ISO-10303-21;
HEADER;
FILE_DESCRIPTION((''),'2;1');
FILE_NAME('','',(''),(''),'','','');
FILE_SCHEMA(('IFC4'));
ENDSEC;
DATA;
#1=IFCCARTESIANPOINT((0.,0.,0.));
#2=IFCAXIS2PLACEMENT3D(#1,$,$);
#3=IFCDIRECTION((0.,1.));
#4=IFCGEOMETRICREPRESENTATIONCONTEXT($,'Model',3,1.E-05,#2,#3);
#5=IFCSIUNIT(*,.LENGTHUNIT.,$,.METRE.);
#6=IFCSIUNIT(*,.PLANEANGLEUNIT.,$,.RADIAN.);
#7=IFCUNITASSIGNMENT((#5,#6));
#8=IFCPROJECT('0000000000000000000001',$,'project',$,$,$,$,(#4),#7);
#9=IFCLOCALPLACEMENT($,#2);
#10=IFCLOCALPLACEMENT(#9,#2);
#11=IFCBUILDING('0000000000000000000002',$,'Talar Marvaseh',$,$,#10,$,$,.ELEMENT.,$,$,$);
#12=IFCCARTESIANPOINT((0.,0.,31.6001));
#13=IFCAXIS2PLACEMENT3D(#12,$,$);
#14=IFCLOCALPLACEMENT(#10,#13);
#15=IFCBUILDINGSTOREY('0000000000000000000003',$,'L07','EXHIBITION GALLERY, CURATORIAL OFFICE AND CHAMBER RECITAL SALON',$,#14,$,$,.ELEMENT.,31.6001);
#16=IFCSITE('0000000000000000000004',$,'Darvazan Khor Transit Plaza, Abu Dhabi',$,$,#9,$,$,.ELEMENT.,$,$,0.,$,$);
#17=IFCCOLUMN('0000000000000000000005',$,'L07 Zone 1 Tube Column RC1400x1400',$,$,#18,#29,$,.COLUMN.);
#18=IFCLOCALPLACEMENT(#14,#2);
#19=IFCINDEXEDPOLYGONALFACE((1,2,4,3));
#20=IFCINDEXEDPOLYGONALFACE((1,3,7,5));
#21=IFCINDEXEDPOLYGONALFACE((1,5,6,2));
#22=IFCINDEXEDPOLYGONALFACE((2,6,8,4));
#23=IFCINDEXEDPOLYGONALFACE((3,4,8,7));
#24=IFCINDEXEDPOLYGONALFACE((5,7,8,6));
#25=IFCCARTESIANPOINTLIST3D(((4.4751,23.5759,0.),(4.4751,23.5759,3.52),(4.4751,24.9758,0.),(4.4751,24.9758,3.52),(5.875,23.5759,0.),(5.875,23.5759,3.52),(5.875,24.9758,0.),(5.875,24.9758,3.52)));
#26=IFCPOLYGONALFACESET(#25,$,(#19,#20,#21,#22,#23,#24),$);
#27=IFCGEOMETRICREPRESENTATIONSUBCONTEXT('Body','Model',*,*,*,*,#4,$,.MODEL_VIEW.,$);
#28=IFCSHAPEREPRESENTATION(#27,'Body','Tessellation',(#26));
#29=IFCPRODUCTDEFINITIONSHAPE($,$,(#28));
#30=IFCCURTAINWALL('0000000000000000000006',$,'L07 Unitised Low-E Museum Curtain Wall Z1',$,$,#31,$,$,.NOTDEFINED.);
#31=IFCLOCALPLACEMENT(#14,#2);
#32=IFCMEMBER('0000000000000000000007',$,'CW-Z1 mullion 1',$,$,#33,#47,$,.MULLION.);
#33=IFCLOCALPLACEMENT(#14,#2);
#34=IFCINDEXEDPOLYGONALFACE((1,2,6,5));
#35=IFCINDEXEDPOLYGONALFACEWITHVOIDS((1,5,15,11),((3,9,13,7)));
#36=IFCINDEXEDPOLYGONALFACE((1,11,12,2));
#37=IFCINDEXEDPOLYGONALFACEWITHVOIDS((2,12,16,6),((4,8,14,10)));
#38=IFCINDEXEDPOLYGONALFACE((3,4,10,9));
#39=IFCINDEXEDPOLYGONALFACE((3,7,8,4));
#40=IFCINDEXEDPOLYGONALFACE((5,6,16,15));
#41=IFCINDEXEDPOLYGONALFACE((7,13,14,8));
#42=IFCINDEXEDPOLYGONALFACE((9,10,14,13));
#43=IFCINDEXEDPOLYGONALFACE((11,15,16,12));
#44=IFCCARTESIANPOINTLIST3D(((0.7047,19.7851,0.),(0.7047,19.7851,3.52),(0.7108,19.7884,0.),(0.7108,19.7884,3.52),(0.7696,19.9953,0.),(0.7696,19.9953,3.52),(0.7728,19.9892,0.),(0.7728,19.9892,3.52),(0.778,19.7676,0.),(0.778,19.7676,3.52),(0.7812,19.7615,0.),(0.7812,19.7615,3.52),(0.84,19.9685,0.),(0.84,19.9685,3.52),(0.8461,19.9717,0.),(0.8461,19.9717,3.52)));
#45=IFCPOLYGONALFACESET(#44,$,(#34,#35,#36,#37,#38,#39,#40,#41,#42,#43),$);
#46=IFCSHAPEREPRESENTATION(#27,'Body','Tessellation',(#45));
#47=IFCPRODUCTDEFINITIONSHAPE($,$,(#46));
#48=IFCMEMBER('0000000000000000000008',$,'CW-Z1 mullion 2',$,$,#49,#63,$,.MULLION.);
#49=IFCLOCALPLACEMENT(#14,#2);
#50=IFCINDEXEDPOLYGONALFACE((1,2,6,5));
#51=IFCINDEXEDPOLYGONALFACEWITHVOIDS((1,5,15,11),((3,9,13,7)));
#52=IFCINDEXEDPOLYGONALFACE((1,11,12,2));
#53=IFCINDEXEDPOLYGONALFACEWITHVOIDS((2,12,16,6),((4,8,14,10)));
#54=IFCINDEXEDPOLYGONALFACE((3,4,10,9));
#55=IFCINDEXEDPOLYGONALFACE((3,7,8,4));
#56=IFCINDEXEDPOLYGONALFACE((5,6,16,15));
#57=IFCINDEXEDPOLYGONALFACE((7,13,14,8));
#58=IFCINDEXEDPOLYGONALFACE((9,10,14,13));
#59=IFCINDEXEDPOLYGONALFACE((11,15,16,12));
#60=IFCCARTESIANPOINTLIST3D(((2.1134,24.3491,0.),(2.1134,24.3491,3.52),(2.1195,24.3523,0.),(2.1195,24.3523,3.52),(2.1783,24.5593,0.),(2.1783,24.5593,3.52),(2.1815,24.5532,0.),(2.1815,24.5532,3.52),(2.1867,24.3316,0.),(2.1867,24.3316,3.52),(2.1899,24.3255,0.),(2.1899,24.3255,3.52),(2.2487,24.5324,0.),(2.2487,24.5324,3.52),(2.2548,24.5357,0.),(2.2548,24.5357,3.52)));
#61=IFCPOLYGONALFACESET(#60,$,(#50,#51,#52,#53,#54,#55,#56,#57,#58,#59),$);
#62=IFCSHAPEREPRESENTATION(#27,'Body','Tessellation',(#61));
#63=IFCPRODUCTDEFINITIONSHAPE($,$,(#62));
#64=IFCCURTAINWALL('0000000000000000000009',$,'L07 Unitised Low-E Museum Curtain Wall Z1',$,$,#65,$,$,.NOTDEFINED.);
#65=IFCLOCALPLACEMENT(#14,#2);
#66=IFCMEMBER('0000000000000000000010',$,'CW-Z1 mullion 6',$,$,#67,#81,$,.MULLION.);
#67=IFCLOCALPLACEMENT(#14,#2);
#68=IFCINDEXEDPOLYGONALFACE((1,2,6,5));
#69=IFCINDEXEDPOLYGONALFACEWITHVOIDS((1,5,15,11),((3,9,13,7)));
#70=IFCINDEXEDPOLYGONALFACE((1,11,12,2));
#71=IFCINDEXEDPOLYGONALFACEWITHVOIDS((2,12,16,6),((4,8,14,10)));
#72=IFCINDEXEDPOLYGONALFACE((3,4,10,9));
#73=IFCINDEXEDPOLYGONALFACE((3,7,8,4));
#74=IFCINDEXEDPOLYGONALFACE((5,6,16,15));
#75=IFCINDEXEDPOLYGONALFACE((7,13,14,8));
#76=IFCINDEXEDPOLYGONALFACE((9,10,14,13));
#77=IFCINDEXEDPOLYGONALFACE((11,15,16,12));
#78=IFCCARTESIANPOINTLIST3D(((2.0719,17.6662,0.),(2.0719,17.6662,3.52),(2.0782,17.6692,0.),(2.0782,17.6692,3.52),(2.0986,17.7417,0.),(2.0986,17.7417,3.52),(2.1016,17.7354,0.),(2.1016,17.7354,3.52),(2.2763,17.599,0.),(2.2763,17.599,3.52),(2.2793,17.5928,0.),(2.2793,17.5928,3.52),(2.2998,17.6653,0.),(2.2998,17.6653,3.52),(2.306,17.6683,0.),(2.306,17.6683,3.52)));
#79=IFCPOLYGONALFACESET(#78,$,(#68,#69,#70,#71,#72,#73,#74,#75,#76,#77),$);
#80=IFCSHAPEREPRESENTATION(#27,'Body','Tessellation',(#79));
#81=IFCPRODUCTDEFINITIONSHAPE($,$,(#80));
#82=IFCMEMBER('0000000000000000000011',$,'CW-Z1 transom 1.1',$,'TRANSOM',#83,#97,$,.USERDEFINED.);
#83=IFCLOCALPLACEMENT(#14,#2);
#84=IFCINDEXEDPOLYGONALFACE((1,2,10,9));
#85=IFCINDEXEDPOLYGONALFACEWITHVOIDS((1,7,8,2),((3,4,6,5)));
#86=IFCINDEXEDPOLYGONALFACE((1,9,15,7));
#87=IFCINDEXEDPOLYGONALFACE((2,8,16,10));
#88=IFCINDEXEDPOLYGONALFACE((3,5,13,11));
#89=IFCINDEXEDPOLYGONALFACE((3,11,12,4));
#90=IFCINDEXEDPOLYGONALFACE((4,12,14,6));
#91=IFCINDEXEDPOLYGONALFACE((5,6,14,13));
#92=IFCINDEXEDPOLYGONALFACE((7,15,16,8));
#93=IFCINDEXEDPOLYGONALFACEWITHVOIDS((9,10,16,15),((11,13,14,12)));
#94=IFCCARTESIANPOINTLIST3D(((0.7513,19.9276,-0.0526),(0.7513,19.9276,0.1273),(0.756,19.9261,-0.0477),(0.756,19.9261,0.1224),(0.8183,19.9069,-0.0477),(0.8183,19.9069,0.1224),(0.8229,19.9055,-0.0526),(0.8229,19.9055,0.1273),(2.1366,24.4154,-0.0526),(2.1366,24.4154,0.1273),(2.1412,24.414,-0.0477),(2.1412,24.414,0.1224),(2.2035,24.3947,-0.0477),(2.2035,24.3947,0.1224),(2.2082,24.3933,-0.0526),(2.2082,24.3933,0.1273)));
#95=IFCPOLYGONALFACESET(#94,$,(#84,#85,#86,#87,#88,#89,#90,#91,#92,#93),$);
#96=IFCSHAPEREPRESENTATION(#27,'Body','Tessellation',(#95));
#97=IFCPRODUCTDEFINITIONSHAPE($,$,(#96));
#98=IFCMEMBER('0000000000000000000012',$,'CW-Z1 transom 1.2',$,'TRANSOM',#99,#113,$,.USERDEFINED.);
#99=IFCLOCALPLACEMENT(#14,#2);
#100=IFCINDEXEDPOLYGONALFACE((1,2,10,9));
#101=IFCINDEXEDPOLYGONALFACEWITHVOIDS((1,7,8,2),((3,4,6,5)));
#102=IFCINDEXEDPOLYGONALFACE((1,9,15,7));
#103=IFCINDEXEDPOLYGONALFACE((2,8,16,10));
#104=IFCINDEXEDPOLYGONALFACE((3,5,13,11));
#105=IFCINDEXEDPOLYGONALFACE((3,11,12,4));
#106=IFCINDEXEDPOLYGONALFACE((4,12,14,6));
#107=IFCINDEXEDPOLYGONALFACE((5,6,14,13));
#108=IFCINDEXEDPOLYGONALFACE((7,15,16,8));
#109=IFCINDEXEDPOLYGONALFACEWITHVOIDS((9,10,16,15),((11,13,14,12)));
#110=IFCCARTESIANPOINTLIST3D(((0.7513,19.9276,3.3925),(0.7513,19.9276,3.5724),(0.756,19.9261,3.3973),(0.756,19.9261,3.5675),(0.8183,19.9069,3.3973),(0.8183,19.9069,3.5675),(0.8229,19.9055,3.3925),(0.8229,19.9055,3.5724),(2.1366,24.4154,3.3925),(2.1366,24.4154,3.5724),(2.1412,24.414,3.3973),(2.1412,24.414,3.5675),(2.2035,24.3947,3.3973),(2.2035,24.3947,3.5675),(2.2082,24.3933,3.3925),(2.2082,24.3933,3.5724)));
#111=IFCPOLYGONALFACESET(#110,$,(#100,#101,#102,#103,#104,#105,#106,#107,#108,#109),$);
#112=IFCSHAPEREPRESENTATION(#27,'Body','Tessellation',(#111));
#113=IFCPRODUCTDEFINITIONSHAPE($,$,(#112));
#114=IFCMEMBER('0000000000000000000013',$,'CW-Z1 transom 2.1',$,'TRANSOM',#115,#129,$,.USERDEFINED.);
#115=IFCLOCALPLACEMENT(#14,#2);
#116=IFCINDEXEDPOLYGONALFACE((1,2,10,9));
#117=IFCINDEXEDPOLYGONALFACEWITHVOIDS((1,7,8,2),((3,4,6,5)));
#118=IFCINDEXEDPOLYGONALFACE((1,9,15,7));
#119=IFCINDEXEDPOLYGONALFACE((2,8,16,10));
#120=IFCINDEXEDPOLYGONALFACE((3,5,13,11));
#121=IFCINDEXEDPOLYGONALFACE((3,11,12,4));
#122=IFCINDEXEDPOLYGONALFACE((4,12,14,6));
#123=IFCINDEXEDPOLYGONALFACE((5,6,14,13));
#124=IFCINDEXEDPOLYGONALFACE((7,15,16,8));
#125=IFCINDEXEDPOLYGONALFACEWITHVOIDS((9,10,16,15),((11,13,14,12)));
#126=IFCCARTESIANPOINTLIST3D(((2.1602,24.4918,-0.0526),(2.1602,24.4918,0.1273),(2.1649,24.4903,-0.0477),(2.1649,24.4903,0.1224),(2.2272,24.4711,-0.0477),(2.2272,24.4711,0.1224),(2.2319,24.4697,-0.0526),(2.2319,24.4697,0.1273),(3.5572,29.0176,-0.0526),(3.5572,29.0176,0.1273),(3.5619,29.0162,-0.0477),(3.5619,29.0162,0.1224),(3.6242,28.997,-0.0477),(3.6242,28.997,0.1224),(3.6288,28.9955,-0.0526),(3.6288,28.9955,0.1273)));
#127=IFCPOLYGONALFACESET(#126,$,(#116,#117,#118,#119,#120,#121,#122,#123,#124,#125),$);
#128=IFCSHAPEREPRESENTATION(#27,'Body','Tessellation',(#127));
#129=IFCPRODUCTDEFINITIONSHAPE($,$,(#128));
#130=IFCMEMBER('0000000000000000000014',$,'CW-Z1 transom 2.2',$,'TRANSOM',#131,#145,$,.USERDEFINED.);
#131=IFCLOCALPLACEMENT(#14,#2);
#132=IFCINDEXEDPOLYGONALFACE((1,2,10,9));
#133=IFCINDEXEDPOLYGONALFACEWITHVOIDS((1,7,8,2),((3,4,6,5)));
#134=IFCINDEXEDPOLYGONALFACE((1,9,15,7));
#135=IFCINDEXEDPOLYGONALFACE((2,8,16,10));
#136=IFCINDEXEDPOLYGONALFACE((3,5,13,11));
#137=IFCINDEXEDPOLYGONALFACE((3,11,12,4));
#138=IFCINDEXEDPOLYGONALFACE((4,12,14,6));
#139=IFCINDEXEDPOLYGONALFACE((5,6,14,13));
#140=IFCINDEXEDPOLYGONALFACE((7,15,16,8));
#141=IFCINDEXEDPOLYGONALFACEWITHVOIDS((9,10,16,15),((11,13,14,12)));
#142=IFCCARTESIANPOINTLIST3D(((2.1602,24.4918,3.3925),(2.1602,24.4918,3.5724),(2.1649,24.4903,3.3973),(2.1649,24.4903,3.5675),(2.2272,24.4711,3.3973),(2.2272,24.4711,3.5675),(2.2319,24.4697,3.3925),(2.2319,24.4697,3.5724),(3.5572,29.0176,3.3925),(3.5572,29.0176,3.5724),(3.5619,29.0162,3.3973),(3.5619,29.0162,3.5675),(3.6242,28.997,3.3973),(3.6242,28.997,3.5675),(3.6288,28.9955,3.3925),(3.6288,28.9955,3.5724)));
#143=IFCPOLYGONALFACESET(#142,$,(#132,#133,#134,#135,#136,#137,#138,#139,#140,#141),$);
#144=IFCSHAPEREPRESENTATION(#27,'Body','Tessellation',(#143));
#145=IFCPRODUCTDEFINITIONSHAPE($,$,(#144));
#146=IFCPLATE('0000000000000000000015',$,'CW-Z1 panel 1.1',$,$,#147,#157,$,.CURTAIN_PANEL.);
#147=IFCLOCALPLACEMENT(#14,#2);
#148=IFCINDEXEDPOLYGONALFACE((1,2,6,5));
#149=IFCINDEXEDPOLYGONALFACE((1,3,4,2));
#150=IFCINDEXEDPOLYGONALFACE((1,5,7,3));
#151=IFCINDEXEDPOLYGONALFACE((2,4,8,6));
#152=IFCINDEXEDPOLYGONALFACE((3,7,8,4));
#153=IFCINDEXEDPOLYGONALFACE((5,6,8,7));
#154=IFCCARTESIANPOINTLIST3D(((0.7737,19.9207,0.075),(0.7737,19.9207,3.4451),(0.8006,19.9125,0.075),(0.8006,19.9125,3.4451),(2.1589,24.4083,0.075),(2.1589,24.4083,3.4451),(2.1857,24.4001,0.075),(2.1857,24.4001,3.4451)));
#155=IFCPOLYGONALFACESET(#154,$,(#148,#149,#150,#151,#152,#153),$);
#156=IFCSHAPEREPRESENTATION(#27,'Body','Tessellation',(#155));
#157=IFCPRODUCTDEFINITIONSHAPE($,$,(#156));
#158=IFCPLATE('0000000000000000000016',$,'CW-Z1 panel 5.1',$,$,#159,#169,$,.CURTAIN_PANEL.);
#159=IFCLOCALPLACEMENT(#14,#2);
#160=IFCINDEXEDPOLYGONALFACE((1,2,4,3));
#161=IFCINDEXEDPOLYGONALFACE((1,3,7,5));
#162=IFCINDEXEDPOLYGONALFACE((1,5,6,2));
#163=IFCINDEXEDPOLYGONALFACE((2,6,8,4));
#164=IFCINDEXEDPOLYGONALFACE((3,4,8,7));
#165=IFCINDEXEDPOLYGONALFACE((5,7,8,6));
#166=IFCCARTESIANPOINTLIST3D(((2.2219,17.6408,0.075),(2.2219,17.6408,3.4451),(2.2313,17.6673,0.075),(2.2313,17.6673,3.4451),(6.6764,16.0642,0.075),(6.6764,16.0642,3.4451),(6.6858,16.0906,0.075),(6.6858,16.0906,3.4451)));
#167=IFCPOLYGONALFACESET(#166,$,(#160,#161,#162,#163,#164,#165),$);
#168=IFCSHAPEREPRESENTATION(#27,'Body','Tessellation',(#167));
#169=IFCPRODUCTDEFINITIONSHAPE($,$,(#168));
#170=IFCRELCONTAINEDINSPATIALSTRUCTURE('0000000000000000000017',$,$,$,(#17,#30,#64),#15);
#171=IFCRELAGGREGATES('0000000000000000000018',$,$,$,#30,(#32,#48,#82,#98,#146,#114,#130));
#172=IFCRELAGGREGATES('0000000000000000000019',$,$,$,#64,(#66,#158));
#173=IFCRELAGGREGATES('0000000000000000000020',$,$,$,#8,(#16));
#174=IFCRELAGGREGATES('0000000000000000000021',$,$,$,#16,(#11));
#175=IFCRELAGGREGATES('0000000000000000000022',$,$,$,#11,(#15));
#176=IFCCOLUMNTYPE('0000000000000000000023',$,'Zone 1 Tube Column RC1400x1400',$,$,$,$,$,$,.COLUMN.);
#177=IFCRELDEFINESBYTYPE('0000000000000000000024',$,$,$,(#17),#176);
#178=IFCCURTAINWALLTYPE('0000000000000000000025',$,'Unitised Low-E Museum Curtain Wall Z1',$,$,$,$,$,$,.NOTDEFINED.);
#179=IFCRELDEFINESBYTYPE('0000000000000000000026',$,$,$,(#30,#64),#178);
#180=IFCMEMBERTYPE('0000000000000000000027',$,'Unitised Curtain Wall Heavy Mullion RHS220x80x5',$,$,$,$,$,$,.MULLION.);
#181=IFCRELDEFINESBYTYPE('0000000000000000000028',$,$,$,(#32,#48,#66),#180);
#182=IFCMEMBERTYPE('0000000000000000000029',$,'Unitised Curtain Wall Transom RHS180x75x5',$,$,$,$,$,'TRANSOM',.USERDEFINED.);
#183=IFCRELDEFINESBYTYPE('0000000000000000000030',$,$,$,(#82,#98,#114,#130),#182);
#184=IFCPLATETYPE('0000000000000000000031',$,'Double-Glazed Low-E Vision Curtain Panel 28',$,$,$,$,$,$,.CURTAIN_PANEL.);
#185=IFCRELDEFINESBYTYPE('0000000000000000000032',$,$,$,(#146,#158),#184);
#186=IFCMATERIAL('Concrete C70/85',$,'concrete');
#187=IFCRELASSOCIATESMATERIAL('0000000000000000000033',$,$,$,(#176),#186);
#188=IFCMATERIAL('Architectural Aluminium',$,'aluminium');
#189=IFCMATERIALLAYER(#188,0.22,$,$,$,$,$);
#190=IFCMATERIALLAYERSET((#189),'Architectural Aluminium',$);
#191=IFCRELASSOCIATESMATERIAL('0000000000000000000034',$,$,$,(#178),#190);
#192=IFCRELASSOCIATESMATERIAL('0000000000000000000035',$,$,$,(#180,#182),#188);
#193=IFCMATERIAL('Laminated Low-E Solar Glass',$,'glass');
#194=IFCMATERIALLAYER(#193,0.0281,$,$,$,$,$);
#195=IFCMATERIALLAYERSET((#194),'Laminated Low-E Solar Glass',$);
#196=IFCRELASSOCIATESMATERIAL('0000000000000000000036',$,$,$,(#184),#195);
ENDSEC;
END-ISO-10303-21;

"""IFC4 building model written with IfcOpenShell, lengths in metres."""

from ifc_helpers import new_model, si_unit, direction, frame, origin, origin_2d, place, context, subcontext, project, spatial, rectangle, hollow_rectangle, extrude, source, transform, mapped, material, layer, layer_set, material_profile, profile_set, type_object, type_shapes, element, aggregate, save


model = new_model("IFC4")

# Units and contexts
model_context = context("Model", 3, precision=1e-05, world=origin(), true_north=direction((0.0, 1.0)))
body_context = subcontext(model_context, "Body", "Model", "MODEL_VIEW")
ifc_project = project(units=[si_unit("LENGTHUNIT", "METRE"), si_unit("PLANEANGLEUNIT", "RADIAN")], contexts=[model_context])

# Site, building, storey
site_placement = place(None, origin())
site = spatial("IfcSite", under=ifc_project, at=site_placement, Name="Darvazan Khor Transit Plaza, Abu Dhabi", CompositionType="ELEMENT", RefElevation=0.0)
building_placement = place(site_placement, origin())
building = spatial("IfcBuilding", under=site, at=building_placement, Name="Talar Marvaseh", CompositionType="ELEMENT")
storey_placement = place(building_placement, frame((0.0, 0.0, 31.6001)))
storey = spatial("IfcBuildingStorey", under=building, at=storey_placement, Name="L07", Description="EXHIBITION GALLERY, CURATORIAL OFFICE AND CHAMBER RECITAL SALON", CompositionType="ELEMENT", Elevation=31.6001)

# Column
ifc_material_1 = material(Name="Concrete C70/85", Category="concrete")
ifc_material_profile_1 = material_profile(ifc_material_1, rectangle(XDim=1.3999, YDim=1.3999, at=origin_2d()), Name="RC1400x1400")
ifc_profile_set_1 = profile_set([ifc_material_profile_1], Name="Concrete C70/85")
column_type = type_object("IfcColumnType", Name="Zone 1 Tube Column RC1400x1400", PredefinedType="COLUMN", material=ifc_profile_set_1)
column_placement = place(storey_placement, frame((5.175, 24.2759, 0.0), z_axis=(0.0, 0.0, 1.0), x_axis=(1.0, 0.0, 0.0)))
element("IfcColumn", 1, at=column_placement, inside=storey, type_object=column_type, Name="L07 Zone 1 Tube Column RC1400x1400", PredefinedType="COLUMN", context=body_context, shape_type="SweptSolid", body=[
    extrude(rectangle(XDim=1.3999, YDim=1.3999, at=origin_2d()), origin(), (0.0, 0.0, 1.0), 3.52),
])

# Curtain wall, members
ifc_material_2 = material(Name="Architectural Aluminium", Category="aluminium")
ifc_layer_1 = layer(ifc_material_2, 0.22)
ifc_layer_set_1 = layer_set([ifc_layer_1], Name="Architectural Aluminium")
curtain_wall_type = type_object("IfcCurtainWallType", Name="Unitised Low-E Museum Curtain Wall Z1", PredefinedType="NOTDEFINED", material=ifc_layer_set_1)
curtain_wall_1_placement = place(storey_placement, origin())
curtain_wall_1 = element("IfcCurtainWall", 2, at=curtain_wall_1_placement, inside=storey, type_object=curtain_wall_type, Name="L07 Unitised Low-E Museum Curtain Wall Z1", PredefinedType="NOTDEFINED")
ifc_material_profile_2 = material_profile(ifc_material_2, hollow_rectangle(XDim=0.0801, YDim=0.22, WallThickness=0.0049, at=origin_2d()), Name="RHS220x80x5")
ifc_profile_set_2 = profile_set([ifc_material_profile_2], Name="Architectural Aluminium")
member_type_1 = type_object("IfcMemberType", Name="Unitised Curtain Wall Heavy Mullion RHS220x80x5", PredefinedType="MULLION", material=ifc_profile_set_2)
shared_shape_1 = source(origin(), body_context, "Body", "SweptSolid", [
    extrude(hollow_rectangle(XDim=0.0801, YDim=0.22, WallThickness=0.0049, at=origin_2d()), origin(), (0.0, 0.0, 1.0), 3.52),
])
type_shapes(member_type_1, [shared_shape_1])
member_1_placement = place(storey_placement, frame((0.7754, 19.8784, 0.0), z_axis=(0.0, 0.0, 1.0), x_axis=(-0.955516, 0.294938, 0.0)))
member_1 = element("IfcMember", 3, at=member_1_placement, type_object=member_type_1, Name="CW-Z1 mullion 1", PredefinedType="MULLION", context=body_context, shape_type="MappedRepresentation", body=[
    mapped(shared_shape_1, transform((0.0, 0.0, 0.0), x_axis=(1.0, 0.0, 0.0), y_axis=(0.0, 1.0, 0.0), z_axis=(0.0, 0.0, 1.0), scale=1.0)),
])
member_2_placement = place(storey_placement, frame((2.1841, 24.4424, 0.0), z_axis=(0.0, 0.0, 1.0), x_axis=(-0.955516, 0.294938, 0.0)))
member_2 = element("IfcMember", 4, at=member_2_placement, type_object=member_type_1, Name="CW-Z1 mullion 2", PredefinedType="MULLION", context=body_context, shape_type="MappedRepresentation", body=[
    mapped(shared_shape_1, transform((0.0, 0.0, 0.0), x_axis=(1.0, 0.0, 0.0), y_axis=(0.0, 1.0, 0.0), z_axis=(0.0, 0.0, 1.0), scale=1.0)),
])

# Curtain wall, member
curtain_wall_2_placement = place(storey_placement, origin())
curtain_wall_2 = element("IfcCurtainWall", 5, at=curtain_wall_2_placement, inside=storey, type_object=curtain_wall_type, Name="L07 Unitised Low-E Museum Curtain Wall Z1", PredefinedType="NOTDEFINED")
member_3_placement = place(storey_placement, frame((2.189, 17.6672, 0.0), z_axis=(0.0, 0.0, 1.0), x_axis=(-0.333661, -0.942693, 0.0)))
member_3 = element("IfcMember", 6, at=member_3_placement, type_object=member_type_1, Name="CW-Z1 mullion 6", PredefinedType="MULLION", context=body_context, shape_type="MappedRepresentation", body=[
    mapped(shared_shape_1, transform((0.0, 0.0, 0.0), x_axis=(1.0, 0.0, 0.0), y_axis=(0.0, 1.0, 0.0), z_axis=(0.0, 0.0, 1.0), scale=1.0)),
])

# Members
ifc_material_profile_3 = material_profile(ifc_material_2, hollow_rectangle(XDim=0.075, YDim=0.1799, WallThickness=0.0049, at=origin_2d()), Name="RHS180x75x5")
ifc_profile_set_3 = profile_set([ifc_material_profile_3], Name="Architectural Aluminium")
member_type_2 = type_object("IfcMemberType", Name="Unitised Curtain Wall Transom RHS180x75x5", ElementType="TRANSOM", PredefinedType="USERDEFINED", material=ifc_profile_set_3)
shared_shape_2 = source(origin(), body_context, "Body", "SweptSolid", [
    extrude(hollow_rectangle(XDim=0.075, YDim=0.1799, WallThickness=0.0049, at=origin_2d()), origin(), (0.0, 0.0, 1.0), 4.6968),
])
member_4_placement = place(storey_placement, frame((0.7871, 19.9165, 0.0374), z_axis=(0.29494, 0.955516, 0.0), x_axis=(-0.955516, 0.29494, 0.0)))
member_4 = element("IfcMember", 7, at=member_4_placement, type_object=member_type_2, Name="CW-Z1 transom 1.1", ObjectType="TRANSOM", PredefinedType="USERDEFINED", context=body_context, shape_type="MappedRepresentation", body=[
    mapped(shared_shape_2, transform((0.0, 0.0, 0.0), x_axis=(1.0, 0.0, 0.0), y_axis=(0.0, 1.0, 0.0), z_axis=(0.0, 0.0, 1.0), scale=1.0)),
])
member_5_placement = place(storey_placement, frame((0.7871, 19.9165, 3.4824), z_axis=(0.29494, 0.955516, 0.0), x_axis=(-0.955516, 0.29494, 0.0)))
member_5 = element("IfcMember", 8, at=member_5_placement, type_object=member_type_2, Name="CW-Z1 transom 1.2", ObjectType="TRANSOM", PredefinedType="USERDEFINED", context=body_context, shape_type="MappedRepresentation", body=[
    mapped(shared_shape_2, transform((0.0, 0.0, 0.0), x_axis=(1.0, 0.0, 0.0), y_axis=(0.0, 1.0, 0.0), z_axis=(0.0, 0.0, 1.0), scale=1.0)),
])
shared_shape_3 = source(origin(), body_context, "Body", "SweptSolid", [
    extrude(hollow_rectangle(XDim=0.075, YDim=0.1799, WallThickness=0.0049, at=origin_2d()), origin(), (0.0, 0.0, 1.0), 4.7366),
])
type_shapes(member_type_2, [shared_shape_2, shared_shape_3])
member_6_placement = place(storey_placement, frame((2.196, 24.4807, 0.0374), z_axis=(0.294933, 0.955518, 0.0), x_axis=(-0.955518, 0.294933, 0.0)))
member_6 = element("IfcMember", 9, at=member_6_placement, type_object=member_type_2, Name="CW-Z1 transom 2.1", ObjectType="TRANSOM", PredefinedType="USERDEFINED", context=body_context, shape_type="MappedRepresentation", body=[
    mapped(shared_shape_3, transform((0.0, 0.0, 0.0), x_axis=(1.0, 0.0, 0.0), y_axis=(0.0, 1.0, 0.0), z_axis=(0.0, 0.0, 1.0), scale=1.0)),
])
member_7_placement = place(storey_placement, frame((2.196, 24.4807, 3.4824), z_axis=(0.294933, 0.955518, 0.0), x_axis=(-0.955518, 0.294933, 0.0)))
member_7 = element("IfcMember", 10, at=member_7_placement, type_object=member_type_2, Name="CW-Z1 transom 2.2", ObjectType="TRANSOM", PredefinedType="USERDEFINED", context=body_context, shape_type="MappedRepresentation", body=[
    mapped(shared_shape_3, transform((0.0, 0.0, 0.0), x_axis=(1.0, 0.0, 0.0), y_axis=(0.0, 1.0, 0.0), z_axis=(0.0, 0.0, 1.0), scale=1.0)),
])

# Plates
ifc_material_3 = material(Name="Laminated Low-E Solar Glass", Category="glass")
ifc_layer_2 = layer(ifc_material_3, 0.0281)
ifc_layer_set_2 = layer_set([ifc_layer_2], Name="Laminated Low-E Solar Glass")
plate_type = type_object("IfcPlateType", Name="Double-Glazed Low-E Vision Curtain Panel 28", PredefinedType="CURTAIN_PANEL", material=ifc_layer_set_2)
shared_shape_4 = source(origin(), body_context, "Body", "SweptSolid", [
    extrude(rectangle(XDim=4.6965, YDim=0.0281, at=origin_2d()), origin(), (0.0, 0.0, 1.0), 3.3701),
])
plate_1_placement = place(storey_placement, frame((1.4797, 22.1604, 0.075), z_axis=(0.0, 0.0, 1.0), x_axis=(0.294938, 0.955516, 0.0)))
plate_1 = element("IfcPlate", 11, at=plate_1_placement, type_object=plate_type, Name="CW-Z1 panel 1.1", PredefinedType="CURTAIN_PANEL", context=body_context, shape_type="MappedRepresentation", body=[
    mapped(shared_shape_4, transform((0.0, 0.0, 0.0), x_axis=(1.0, 0.0, 0.0), y_axis=(0.0, 1.0, 0.0), z_axis=(0.0, 0.0, 1.0), scale=1.0)),
])
aggregate(curtain_wall_1, [member_1, member_2, member_4, member_5, plate_1, member_6, member_7])
shared_shape_5 = source(origin(), body_context, "Body", "SweptSolid", [
    extrude(rectangle(XDim=4.7253, YDim=0.0281, at=origin_2d()), origin(), (0.0, 0.0, 1.0), 3.3701),
])
type_shapes(plate_type, [shared_shape_4, shared_shape_5])
plate_2_placement = place(storey_placement, frame((4.4539, 16.8657, 0.075), z_axis=(0.0, 0.0, 1.0), x_axis=(-0.942693, 0.333661, 0.0)))
plate_2 = element("IfcPlate", 12, at=plate_2_placement, type_object=plate_type, Name="CW-Z1 panel 5.1", PredefinedType="CURTAIN_PANEL", context=body_context, shape_type="MappedRepresentation", body=[
    mapped(shared_shape_5, transform((0.0, 0.0, 0.0), x_axis=(1.0, 0.0, 0.0), y_axis=(0.0, 1.0, 0.0), z_axis=(0.0, 0.0, 1.0), scale=1.0)),
])
aggregate(curtain_wall_2, [member_3, plate_2])

save(model, "model.ifc")
